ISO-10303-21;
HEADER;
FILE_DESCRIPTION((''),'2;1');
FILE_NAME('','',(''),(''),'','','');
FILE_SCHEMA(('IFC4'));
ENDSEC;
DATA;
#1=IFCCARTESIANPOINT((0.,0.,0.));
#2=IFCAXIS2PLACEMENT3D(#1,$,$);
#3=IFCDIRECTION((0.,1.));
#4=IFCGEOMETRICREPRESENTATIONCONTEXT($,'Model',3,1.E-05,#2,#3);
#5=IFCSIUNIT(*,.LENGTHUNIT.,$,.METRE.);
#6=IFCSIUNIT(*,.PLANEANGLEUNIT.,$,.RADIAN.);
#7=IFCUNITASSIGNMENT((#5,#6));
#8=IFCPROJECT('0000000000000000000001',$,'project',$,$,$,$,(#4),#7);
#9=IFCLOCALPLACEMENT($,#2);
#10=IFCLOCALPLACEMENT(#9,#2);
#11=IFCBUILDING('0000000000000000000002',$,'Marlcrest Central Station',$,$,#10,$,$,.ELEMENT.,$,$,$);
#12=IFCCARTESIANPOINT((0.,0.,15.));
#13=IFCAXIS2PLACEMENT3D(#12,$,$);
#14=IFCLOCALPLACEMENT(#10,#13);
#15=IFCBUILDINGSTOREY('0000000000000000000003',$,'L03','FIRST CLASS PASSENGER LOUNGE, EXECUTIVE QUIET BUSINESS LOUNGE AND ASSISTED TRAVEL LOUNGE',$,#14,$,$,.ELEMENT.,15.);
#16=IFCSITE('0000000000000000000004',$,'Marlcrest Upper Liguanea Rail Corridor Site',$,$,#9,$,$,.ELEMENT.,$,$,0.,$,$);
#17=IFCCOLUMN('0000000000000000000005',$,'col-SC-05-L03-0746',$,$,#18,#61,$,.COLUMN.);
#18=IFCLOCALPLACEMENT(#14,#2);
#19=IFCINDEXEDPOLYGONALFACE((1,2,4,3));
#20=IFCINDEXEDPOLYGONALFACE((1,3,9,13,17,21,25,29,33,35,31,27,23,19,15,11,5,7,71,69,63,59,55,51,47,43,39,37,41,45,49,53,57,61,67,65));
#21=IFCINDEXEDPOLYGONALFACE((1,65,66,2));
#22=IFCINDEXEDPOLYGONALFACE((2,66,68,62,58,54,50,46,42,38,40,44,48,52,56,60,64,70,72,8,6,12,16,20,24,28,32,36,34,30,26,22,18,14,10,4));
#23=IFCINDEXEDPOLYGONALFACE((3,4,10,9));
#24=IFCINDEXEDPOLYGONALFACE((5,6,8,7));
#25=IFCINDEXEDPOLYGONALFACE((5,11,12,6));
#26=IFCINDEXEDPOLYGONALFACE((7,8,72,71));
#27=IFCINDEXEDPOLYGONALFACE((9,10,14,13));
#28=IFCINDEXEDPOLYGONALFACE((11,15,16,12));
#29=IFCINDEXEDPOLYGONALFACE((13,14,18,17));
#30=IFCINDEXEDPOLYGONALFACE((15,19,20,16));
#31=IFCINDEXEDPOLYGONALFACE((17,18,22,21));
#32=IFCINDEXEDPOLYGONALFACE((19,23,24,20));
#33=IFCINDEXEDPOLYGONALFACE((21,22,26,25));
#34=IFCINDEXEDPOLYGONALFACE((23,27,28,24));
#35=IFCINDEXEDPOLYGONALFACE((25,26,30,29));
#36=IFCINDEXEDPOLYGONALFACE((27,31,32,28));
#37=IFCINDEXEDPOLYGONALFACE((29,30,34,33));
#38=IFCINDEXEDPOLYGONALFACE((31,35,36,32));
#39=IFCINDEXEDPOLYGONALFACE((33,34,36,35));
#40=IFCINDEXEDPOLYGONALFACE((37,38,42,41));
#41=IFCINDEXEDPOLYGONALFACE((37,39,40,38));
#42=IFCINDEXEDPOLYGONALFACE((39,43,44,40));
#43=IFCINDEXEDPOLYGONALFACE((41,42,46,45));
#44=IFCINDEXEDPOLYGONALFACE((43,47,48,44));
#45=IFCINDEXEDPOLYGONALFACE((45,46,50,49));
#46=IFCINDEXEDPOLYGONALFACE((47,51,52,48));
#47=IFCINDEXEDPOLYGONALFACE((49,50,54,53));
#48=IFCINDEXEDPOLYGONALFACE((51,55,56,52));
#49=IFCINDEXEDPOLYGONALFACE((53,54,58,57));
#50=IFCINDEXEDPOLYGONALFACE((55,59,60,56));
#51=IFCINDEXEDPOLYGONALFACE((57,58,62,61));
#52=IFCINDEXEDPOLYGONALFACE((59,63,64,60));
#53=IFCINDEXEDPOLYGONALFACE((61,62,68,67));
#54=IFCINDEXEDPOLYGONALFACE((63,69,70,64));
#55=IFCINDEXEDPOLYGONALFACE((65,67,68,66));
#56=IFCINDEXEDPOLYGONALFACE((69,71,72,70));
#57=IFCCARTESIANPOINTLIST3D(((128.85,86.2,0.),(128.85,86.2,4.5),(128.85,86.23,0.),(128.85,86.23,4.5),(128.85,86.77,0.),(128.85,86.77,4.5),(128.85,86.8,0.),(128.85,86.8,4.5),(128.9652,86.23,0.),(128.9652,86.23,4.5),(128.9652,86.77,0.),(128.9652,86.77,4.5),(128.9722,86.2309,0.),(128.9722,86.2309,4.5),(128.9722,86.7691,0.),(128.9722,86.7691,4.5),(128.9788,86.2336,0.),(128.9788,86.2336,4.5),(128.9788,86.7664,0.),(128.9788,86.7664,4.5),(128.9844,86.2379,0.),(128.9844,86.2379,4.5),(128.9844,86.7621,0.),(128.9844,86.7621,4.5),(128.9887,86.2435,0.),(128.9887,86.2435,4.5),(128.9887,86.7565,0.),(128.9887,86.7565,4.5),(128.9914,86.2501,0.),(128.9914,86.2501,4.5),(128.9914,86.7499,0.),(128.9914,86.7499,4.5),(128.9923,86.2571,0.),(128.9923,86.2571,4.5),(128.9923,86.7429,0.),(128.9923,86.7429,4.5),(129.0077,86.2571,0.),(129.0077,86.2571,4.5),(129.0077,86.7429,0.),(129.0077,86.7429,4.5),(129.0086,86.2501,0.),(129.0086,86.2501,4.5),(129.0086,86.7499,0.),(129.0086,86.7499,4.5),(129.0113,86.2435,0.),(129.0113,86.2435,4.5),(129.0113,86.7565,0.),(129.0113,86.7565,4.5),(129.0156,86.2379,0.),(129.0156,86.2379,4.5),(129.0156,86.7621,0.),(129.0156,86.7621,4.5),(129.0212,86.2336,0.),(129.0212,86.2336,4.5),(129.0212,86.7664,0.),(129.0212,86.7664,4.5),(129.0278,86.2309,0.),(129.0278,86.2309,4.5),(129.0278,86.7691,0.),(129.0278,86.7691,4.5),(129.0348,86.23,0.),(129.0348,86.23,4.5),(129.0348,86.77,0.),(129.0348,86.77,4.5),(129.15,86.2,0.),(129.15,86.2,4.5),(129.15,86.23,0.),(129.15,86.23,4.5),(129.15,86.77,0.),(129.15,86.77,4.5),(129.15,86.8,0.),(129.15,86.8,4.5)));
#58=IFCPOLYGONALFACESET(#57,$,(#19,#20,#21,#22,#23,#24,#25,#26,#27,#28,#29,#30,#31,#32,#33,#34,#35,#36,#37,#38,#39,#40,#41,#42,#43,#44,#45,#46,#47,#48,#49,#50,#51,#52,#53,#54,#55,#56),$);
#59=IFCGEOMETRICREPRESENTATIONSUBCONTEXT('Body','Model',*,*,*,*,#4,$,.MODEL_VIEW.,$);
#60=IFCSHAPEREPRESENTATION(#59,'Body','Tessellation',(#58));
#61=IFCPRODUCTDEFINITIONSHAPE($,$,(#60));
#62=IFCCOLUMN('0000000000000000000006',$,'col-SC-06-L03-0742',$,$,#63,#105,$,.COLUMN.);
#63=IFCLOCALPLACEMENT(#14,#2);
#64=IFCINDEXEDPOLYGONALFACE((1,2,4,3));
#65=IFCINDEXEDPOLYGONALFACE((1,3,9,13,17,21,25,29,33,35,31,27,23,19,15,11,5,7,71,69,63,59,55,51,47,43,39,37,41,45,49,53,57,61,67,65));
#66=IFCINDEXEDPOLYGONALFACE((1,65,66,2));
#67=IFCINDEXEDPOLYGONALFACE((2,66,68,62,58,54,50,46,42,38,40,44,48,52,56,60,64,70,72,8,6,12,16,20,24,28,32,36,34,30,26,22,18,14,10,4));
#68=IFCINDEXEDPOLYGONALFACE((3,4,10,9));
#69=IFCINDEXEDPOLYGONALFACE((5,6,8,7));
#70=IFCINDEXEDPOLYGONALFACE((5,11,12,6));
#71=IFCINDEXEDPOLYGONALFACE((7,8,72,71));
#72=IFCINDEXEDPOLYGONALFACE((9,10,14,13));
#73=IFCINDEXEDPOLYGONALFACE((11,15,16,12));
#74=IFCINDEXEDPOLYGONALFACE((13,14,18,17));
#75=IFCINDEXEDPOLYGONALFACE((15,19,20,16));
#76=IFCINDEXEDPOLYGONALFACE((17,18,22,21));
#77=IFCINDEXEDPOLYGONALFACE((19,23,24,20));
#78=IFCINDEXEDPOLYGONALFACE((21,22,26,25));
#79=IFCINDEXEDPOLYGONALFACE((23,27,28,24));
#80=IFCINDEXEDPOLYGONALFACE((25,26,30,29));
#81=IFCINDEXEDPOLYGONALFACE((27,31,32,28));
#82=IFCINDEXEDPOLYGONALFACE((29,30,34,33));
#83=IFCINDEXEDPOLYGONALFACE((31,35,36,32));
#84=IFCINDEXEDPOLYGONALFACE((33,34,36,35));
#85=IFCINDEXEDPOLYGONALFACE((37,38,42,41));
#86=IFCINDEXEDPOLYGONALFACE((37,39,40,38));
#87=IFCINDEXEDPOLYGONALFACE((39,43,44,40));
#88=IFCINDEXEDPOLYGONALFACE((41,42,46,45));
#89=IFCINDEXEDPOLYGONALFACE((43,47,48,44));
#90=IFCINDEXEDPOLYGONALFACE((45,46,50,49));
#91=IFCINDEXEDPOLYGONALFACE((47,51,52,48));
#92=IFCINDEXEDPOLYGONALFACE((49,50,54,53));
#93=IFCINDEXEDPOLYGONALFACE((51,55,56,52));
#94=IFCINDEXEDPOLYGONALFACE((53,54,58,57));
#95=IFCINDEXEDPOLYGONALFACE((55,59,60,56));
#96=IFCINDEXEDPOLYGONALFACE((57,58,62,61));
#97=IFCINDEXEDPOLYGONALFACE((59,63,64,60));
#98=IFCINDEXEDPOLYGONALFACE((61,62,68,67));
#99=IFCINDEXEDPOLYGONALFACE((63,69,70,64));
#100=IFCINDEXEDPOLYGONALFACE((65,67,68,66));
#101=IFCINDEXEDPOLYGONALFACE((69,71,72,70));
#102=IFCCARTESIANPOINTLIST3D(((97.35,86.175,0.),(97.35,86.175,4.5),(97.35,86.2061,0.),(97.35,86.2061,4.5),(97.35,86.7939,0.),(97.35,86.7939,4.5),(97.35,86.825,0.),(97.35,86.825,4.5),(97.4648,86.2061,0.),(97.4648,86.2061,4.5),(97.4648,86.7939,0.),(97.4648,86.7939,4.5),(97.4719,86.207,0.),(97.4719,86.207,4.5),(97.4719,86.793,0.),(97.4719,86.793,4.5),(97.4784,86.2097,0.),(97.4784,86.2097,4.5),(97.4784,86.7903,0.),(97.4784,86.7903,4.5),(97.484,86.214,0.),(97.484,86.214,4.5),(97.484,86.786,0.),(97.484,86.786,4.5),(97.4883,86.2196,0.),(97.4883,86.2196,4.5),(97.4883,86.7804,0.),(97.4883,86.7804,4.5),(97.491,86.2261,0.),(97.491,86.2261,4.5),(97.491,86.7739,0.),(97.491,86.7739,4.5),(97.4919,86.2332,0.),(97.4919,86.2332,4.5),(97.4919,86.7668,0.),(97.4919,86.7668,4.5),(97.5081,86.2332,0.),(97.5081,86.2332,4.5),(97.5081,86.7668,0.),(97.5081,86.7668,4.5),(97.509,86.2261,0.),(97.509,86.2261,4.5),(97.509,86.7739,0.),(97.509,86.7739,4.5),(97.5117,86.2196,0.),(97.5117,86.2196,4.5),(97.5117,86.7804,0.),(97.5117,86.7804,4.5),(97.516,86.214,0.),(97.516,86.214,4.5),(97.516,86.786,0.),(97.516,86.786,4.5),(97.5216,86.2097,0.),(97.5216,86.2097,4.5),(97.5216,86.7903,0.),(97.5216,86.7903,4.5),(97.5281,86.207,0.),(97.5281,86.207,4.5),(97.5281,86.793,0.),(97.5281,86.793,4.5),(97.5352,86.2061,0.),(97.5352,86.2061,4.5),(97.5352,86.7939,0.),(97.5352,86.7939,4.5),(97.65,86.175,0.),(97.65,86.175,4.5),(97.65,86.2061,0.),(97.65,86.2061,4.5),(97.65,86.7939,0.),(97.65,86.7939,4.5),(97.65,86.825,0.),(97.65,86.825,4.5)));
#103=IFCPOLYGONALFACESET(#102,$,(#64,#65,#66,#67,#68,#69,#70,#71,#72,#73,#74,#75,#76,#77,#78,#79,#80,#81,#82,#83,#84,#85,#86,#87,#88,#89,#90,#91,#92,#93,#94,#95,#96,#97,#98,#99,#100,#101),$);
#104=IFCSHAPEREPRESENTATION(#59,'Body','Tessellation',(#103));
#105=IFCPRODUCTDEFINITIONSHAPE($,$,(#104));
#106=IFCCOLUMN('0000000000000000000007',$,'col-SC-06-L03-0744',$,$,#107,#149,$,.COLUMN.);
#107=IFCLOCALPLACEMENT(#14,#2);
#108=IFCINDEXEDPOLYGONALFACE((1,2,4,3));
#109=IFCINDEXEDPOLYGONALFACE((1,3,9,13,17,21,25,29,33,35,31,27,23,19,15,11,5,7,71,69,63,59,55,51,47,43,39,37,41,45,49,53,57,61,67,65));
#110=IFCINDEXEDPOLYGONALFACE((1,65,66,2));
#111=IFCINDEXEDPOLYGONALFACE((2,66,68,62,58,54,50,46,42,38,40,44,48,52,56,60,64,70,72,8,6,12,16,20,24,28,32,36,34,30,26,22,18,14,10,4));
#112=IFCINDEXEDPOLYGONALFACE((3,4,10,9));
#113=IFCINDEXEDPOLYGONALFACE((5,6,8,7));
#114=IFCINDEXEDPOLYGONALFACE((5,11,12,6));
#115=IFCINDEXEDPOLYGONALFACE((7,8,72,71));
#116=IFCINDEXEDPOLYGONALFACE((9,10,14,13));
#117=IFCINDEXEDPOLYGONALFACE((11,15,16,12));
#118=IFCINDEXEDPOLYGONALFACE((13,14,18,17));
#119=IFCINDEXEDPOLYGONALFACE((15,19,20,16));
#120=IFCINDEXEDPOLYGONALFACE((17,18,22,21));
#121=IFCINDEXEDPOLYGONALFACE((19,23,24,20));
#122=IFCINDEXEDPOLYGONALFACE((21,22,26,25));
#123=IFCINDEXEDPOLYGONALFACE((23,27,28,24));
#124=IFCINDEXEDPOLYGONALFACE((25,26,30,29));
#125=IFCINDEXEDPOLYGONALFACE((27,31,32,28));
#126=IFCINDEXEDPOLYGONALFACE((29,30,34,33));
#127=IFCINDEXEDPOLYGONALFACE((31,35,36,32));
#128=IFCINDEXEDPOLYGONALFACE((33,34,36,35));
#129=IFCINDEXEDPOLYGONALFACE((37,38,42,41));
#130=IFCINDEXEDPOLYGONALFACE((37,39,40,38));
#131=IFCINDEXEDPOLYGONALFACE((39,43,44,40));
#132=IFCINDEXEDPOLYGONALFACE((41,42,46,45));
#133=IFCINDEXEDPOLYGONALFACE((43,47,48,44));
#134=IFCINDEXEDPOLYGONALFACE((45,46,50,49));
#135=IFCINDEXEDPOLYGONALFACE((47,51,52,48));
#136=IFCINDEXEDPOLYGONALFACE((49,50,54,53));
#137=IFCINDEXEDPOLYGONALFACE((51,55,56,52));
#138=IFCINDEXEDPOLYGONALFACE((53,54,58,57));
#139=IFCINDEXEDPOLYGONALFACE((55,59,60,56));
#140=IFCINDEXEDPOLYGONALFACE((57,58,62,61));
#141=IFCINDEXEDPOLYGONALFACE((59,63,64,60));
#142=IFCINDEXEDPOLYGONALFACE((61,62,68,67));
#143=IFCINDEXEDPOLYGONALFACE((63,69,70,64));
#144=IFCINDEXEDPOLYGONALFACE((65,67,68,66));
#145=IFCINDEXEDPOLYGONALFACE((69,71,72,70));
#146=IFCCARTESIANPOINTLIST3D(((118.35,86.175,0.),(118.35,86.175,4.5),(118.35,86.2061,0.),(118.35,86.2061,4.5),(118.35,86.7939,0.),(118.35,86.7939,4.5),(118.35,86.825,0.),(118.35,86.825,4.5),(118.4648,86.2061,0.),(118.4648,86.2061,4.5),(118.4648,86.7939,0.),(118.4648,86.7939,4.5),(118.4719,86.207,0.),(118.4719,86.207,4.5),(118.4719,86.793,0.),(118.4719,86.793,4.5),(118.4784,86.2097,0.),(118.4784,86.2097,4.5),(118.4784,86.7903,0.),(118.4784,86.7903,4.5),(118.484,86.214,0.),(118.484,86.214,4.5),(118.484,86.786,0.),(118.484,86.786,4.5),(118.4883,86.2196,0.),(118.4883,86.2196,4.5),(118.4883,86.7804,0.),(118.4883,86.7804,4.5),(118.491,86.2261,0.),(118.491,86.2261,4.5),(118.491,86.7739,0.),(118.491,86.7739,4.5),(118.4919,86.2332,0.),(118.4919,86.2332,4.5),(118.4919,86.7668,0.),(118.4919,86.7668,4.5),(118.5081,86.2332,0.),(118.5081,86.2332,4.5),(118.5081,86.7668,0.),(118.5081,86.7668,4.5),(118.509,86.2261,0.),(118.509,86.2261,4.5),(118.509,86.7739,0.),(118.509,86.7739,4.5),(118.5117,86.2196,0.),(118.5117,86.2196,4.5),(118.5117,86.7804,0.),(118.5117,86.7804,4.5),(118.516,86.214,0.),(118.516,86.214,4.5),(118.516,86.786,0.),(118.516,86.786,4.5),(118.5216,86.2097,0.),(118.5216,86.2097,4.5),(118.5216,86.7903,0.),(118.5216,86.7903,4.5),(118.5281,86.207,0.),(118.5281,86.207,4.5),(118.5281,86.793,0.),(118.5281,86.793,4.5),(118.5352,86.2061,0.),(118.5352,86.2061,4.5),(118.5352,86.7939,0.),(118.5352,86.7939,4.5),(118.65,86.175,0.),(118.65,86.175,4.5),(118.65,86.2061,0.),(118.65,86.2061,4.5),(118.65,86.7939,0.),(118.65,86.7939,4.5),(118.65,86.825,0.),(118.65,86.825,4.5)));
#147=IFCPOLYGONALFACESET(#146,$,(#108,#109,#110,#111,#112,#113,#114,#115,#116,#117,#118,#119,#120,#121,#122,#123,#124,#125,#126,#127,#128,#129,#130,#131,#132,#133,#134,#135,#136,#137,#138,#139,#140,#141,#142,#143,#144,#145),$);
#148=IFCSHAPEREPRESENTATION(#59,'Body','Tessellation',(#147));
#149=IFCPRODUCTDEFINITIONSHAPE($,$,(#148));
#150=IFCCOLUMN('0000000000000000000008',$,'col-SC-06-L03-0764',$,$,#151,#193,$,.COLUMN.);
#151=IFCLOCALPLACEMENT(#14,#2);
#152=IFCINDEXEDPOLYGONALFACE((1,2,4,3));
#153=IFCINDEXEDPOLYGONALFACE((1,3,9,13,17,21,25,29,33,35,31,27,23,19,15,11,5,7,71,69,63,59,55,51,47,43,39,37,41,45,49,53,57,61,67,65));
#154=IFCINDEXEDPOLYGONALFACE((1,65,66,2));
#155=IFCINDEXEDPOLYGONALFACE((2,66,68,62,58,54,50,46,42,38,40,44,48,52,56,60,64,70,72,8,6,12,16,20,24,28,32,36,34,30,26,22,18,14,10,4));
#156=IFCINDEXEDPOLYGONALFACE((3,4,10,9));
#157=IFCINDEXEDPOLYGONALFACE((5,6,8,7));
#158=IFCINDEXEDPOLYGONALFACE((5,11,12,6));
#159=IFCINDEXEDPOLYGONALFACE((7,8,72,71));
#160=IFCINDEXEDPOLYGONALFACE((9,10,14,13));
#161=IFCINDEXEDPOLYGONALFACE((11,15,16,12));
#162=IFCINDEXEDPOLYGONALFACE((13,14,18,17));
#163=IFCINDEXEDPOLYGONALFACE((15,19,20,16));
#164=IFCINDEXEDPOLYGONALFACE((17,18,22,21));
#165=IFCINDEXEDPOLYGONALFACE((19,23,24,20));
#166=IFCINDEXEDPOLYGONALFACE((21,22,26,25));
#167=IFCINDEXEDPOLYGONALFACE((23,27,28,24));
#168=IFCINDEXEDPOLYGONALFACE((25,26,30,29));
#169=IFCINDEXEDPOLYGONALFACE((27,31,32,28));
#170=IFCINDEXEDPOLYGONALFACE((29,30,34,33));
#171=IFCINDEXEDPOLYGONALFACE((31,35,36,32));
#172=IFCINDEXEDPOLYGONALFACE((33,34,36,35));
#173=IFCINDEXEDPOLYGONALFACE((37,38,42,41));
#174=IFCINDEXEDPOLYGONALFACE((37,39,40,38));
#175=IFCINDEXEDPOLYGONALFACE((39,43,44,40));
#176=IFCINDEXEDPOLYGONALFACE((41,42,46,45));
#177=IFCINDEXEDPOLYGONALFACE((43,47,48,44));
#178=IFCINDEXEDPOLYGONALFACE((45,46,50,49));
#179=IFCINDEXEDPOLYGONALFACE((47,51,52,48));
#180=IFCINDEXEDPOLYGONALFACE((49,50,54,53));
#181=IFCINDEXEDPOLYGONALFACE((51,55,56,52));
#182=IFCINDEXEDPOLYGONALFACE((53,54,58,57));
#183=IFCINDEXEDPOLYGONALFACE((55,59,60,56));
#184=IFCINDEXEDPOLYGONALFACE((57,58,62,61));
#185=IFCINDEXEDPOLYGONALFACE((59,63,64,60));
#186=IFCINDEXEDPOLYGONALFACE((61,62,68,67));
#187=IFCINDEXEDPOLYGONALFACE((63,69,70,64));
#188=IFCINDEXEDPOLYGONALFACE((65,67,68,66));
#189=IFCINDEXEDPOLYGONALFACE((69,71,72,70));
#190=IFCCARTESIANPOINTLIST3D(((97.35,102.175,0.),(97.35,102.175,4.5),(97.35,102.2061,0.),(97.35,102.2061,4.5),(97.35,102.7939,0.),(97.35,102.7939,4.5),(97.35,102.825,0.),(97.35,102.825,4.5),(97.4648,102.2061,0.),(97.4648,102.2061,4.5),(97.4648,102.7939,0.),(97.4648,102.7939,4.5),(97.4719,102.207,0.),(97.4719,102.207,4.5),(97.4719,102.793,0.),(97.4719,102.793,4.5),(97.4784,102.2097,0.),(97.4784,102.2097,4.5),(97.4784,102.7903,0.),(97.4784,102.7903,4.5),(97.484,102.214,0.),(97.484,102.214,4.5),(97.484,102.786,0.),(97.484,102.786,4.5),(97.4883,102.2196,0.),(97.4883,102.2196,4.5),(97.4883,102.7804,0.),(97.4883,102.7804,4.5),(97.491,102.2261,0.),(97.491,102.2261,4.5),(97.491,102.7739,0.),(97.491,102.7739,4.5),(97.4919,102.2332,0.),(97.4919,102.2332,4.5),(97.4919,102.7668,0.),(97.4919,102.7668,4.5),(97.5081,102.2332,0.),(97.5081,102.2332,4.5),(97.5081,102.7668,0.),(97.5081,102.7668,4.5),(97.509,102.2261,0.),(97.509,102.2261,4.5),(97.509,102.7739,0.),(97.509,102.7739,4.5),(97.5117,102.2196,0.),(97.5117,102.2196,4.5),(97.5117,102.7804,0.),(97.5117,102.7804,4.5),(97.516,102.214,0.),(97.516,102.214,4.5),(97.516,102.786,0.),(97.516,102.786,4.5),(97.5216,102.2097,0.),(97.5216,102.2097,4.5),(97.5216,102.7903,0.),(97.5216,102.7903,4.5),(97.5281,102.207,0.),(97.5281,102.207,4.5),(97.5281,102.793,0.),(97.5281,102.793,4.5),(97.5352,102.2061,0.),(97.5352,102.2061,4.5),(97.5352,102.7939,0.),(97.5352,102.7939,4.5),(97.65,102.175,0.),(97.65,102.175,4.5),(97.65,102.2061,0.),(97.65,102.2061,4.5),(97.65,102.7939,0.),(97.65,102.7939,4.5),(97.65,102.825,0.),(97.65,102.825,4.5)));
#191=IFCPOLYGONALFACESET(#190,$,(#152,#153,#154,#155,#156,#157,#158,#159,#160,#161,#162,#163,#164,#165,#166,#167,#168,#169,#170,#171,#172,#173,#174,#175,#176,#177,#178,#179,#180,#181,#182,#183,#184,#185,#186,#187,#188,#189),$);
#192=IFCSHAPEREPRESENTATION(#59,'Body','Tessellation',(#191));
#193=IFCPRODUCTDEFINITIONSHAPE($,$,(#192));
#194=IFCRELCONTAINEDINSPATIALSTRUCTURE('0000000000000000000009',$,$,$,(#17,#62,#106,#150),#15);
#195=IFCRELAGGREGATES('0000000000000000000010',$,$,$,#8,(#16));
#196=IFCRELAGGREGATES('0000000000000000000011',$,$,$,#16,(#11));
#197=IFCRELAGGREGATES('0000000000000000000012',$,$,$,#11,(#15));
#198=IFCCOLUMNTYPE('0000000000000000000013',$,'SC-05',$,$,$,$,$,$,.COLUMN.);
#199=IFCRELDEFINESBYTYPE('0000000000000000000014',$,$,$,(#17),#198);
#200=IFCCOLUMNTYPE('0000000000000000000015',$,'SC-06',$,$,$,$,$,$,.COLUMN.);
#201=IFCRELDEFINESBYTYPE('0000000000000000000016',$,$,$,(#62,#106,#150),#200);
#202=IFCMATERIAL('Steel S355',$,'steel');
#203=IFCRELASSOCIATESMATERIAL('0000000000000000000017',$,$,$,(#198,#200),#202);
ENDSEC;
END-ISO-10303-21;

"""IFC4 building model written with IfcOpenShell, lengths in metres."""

from ifc_helpers import new_model, si_unit, direction, frame, origin, origin_2d, place, context, subcontext, project, spatial, i_section, extrude, material, material_profile, profile_set, type_object, element, save


model = new_model("IFC4")

# Units and contexts
model_context = context("Model", 3, precision=1e-05, world=origin(), true_north=direction((0.0, 1.0)))
body_context = subcontext(model_context, "Body", "Model", "MODEL_VIEW")
ifc_project = project(units=[si_unit("LENGTHUNIT", "METRE"), si_unit("PLANEANGLEUNIT", "RADIAN")], contexts=[model_context])

# Site, building, storey
site_placement = place(None, origin())
site = spatial("IfcSite", under=ifc_project, at=site_placement, Name="Marlcrest Upper Liguanea Rail Corridor Site", CompositionType="ELEMENT", RefElevation=0.0)
building_placement = place(site_placement, origin())
building = spatial("IfcBuilding", under=site, at=building_placement, Name="Marlcrest Central Station", CompositionType="ELEMENT")
storey_placement = place(building_placement, frame((0.0, 0.0, 15.0)))
storey = spatial("IfcBuildingStorey", under=building, at=storey_placement, Name="L03", Description="FIRST CLASS PASSENGER LOUNGE, EXECUTIVE QUIET BUSINESS LOUNGE AND ASSISTED TRAVEL LOUNGE", CompositionType="ELEMENT", Elevation=15.0)

# Columns
ifc_material_1 = material(Name="Steel S355", Category="steel")
ifc_material_profile_1 = material_profile(ifc_material_1, i_section(OverallWidth=0.3, OverallDepth=0.6001, WebThickness=0.0154, FlangeThickness=0.03, FilletRadius=0.0271, at=origin_2d()), Name="HEB 600")
ifc_profile_set_1 = profile_set([ifc_material_profile_1], Name="Steel S355")
column_type_1 = type_object("IfcColumnType", Name="SC-05", PredefinedType="COLUMN", material=ifc_profile_set_1)
column_placement = place(storey_placement, frame((129.0, 86.5, 0.0), z_axis=(0.0, 0.0, 1.0), x_axis=(1.0, 0.0, 0.0)))
element("IfcColumn", 1, at=column_placement, inside=storey, type_object=column_type_1, Name="col-SC-05-L03-0746", PredefinedType="COLUMN", context=body_context, shape_type="SweptSolid", body=[
    extrude(i_section(OverallWidth=0.3, OverallDepth=0.6001, WebThickness=0.0154, FlangeThickness=0.03, FilletRadius=0.0271, at=origin_2d()), origin(), (0.0, 0.0, 1.0), 4.5),
])
ifc_material_profile_2 = material_profile(ifc_material_1, i_section(OverallWidth=0.3, OverallDepth=0.6499, WebThickness=0.0161, FlangeThickness=0.031, FilletRadius=0.0271, at=origin_2d()), Name="HEB 650")
ifc_profile_set_2 = profile_set([ifc_material_profile_2], Name="Steel S355")
column_type_2 = type_object("IfcColumnType", Name="SC-06", PredefinedType="COLUMN", material=ifc_profile_set_2)
for number, where, z_axis, x_axis, name in (
    (2, (97.5, 86.5, 0.0), (0.0, 0.0, 1.0), (1.0, 0.0, 0.0), "col-SC-06-L03-0742"),
    (3, (118.5, 86.5, 0.0), (0.0, 0.0, 1.0), (1.0, 0.0, 0.0), "col-SC-06-L03-0744"),
    (4, (97.5, 102.5, 0.0), (0.0, 0.0, 1.0), (1.0, 0.0, 0.0), "col-SC-06-L03-0764"),
):
    element("IfcColumn", number, at=place(storey_placement, frame(where, z_axis=z_axis, x_axis=x_axis)), inside=storey, type_object=column_type_2, Name=name, PredefinedType="COLUMN", context=body_context, shape_type="SweptSolid", body=[
        extrude(i_section(OverallWidth=0.3, OverallDepth=0.6499, WebThickness=0.0161, FlangeThickness=0.031, FilletRadius=0.0271, at=origin_2d()), origin(), (0.0, 0.0, 1.0), 4.5),
    ])

save(model, "model.ifc")
